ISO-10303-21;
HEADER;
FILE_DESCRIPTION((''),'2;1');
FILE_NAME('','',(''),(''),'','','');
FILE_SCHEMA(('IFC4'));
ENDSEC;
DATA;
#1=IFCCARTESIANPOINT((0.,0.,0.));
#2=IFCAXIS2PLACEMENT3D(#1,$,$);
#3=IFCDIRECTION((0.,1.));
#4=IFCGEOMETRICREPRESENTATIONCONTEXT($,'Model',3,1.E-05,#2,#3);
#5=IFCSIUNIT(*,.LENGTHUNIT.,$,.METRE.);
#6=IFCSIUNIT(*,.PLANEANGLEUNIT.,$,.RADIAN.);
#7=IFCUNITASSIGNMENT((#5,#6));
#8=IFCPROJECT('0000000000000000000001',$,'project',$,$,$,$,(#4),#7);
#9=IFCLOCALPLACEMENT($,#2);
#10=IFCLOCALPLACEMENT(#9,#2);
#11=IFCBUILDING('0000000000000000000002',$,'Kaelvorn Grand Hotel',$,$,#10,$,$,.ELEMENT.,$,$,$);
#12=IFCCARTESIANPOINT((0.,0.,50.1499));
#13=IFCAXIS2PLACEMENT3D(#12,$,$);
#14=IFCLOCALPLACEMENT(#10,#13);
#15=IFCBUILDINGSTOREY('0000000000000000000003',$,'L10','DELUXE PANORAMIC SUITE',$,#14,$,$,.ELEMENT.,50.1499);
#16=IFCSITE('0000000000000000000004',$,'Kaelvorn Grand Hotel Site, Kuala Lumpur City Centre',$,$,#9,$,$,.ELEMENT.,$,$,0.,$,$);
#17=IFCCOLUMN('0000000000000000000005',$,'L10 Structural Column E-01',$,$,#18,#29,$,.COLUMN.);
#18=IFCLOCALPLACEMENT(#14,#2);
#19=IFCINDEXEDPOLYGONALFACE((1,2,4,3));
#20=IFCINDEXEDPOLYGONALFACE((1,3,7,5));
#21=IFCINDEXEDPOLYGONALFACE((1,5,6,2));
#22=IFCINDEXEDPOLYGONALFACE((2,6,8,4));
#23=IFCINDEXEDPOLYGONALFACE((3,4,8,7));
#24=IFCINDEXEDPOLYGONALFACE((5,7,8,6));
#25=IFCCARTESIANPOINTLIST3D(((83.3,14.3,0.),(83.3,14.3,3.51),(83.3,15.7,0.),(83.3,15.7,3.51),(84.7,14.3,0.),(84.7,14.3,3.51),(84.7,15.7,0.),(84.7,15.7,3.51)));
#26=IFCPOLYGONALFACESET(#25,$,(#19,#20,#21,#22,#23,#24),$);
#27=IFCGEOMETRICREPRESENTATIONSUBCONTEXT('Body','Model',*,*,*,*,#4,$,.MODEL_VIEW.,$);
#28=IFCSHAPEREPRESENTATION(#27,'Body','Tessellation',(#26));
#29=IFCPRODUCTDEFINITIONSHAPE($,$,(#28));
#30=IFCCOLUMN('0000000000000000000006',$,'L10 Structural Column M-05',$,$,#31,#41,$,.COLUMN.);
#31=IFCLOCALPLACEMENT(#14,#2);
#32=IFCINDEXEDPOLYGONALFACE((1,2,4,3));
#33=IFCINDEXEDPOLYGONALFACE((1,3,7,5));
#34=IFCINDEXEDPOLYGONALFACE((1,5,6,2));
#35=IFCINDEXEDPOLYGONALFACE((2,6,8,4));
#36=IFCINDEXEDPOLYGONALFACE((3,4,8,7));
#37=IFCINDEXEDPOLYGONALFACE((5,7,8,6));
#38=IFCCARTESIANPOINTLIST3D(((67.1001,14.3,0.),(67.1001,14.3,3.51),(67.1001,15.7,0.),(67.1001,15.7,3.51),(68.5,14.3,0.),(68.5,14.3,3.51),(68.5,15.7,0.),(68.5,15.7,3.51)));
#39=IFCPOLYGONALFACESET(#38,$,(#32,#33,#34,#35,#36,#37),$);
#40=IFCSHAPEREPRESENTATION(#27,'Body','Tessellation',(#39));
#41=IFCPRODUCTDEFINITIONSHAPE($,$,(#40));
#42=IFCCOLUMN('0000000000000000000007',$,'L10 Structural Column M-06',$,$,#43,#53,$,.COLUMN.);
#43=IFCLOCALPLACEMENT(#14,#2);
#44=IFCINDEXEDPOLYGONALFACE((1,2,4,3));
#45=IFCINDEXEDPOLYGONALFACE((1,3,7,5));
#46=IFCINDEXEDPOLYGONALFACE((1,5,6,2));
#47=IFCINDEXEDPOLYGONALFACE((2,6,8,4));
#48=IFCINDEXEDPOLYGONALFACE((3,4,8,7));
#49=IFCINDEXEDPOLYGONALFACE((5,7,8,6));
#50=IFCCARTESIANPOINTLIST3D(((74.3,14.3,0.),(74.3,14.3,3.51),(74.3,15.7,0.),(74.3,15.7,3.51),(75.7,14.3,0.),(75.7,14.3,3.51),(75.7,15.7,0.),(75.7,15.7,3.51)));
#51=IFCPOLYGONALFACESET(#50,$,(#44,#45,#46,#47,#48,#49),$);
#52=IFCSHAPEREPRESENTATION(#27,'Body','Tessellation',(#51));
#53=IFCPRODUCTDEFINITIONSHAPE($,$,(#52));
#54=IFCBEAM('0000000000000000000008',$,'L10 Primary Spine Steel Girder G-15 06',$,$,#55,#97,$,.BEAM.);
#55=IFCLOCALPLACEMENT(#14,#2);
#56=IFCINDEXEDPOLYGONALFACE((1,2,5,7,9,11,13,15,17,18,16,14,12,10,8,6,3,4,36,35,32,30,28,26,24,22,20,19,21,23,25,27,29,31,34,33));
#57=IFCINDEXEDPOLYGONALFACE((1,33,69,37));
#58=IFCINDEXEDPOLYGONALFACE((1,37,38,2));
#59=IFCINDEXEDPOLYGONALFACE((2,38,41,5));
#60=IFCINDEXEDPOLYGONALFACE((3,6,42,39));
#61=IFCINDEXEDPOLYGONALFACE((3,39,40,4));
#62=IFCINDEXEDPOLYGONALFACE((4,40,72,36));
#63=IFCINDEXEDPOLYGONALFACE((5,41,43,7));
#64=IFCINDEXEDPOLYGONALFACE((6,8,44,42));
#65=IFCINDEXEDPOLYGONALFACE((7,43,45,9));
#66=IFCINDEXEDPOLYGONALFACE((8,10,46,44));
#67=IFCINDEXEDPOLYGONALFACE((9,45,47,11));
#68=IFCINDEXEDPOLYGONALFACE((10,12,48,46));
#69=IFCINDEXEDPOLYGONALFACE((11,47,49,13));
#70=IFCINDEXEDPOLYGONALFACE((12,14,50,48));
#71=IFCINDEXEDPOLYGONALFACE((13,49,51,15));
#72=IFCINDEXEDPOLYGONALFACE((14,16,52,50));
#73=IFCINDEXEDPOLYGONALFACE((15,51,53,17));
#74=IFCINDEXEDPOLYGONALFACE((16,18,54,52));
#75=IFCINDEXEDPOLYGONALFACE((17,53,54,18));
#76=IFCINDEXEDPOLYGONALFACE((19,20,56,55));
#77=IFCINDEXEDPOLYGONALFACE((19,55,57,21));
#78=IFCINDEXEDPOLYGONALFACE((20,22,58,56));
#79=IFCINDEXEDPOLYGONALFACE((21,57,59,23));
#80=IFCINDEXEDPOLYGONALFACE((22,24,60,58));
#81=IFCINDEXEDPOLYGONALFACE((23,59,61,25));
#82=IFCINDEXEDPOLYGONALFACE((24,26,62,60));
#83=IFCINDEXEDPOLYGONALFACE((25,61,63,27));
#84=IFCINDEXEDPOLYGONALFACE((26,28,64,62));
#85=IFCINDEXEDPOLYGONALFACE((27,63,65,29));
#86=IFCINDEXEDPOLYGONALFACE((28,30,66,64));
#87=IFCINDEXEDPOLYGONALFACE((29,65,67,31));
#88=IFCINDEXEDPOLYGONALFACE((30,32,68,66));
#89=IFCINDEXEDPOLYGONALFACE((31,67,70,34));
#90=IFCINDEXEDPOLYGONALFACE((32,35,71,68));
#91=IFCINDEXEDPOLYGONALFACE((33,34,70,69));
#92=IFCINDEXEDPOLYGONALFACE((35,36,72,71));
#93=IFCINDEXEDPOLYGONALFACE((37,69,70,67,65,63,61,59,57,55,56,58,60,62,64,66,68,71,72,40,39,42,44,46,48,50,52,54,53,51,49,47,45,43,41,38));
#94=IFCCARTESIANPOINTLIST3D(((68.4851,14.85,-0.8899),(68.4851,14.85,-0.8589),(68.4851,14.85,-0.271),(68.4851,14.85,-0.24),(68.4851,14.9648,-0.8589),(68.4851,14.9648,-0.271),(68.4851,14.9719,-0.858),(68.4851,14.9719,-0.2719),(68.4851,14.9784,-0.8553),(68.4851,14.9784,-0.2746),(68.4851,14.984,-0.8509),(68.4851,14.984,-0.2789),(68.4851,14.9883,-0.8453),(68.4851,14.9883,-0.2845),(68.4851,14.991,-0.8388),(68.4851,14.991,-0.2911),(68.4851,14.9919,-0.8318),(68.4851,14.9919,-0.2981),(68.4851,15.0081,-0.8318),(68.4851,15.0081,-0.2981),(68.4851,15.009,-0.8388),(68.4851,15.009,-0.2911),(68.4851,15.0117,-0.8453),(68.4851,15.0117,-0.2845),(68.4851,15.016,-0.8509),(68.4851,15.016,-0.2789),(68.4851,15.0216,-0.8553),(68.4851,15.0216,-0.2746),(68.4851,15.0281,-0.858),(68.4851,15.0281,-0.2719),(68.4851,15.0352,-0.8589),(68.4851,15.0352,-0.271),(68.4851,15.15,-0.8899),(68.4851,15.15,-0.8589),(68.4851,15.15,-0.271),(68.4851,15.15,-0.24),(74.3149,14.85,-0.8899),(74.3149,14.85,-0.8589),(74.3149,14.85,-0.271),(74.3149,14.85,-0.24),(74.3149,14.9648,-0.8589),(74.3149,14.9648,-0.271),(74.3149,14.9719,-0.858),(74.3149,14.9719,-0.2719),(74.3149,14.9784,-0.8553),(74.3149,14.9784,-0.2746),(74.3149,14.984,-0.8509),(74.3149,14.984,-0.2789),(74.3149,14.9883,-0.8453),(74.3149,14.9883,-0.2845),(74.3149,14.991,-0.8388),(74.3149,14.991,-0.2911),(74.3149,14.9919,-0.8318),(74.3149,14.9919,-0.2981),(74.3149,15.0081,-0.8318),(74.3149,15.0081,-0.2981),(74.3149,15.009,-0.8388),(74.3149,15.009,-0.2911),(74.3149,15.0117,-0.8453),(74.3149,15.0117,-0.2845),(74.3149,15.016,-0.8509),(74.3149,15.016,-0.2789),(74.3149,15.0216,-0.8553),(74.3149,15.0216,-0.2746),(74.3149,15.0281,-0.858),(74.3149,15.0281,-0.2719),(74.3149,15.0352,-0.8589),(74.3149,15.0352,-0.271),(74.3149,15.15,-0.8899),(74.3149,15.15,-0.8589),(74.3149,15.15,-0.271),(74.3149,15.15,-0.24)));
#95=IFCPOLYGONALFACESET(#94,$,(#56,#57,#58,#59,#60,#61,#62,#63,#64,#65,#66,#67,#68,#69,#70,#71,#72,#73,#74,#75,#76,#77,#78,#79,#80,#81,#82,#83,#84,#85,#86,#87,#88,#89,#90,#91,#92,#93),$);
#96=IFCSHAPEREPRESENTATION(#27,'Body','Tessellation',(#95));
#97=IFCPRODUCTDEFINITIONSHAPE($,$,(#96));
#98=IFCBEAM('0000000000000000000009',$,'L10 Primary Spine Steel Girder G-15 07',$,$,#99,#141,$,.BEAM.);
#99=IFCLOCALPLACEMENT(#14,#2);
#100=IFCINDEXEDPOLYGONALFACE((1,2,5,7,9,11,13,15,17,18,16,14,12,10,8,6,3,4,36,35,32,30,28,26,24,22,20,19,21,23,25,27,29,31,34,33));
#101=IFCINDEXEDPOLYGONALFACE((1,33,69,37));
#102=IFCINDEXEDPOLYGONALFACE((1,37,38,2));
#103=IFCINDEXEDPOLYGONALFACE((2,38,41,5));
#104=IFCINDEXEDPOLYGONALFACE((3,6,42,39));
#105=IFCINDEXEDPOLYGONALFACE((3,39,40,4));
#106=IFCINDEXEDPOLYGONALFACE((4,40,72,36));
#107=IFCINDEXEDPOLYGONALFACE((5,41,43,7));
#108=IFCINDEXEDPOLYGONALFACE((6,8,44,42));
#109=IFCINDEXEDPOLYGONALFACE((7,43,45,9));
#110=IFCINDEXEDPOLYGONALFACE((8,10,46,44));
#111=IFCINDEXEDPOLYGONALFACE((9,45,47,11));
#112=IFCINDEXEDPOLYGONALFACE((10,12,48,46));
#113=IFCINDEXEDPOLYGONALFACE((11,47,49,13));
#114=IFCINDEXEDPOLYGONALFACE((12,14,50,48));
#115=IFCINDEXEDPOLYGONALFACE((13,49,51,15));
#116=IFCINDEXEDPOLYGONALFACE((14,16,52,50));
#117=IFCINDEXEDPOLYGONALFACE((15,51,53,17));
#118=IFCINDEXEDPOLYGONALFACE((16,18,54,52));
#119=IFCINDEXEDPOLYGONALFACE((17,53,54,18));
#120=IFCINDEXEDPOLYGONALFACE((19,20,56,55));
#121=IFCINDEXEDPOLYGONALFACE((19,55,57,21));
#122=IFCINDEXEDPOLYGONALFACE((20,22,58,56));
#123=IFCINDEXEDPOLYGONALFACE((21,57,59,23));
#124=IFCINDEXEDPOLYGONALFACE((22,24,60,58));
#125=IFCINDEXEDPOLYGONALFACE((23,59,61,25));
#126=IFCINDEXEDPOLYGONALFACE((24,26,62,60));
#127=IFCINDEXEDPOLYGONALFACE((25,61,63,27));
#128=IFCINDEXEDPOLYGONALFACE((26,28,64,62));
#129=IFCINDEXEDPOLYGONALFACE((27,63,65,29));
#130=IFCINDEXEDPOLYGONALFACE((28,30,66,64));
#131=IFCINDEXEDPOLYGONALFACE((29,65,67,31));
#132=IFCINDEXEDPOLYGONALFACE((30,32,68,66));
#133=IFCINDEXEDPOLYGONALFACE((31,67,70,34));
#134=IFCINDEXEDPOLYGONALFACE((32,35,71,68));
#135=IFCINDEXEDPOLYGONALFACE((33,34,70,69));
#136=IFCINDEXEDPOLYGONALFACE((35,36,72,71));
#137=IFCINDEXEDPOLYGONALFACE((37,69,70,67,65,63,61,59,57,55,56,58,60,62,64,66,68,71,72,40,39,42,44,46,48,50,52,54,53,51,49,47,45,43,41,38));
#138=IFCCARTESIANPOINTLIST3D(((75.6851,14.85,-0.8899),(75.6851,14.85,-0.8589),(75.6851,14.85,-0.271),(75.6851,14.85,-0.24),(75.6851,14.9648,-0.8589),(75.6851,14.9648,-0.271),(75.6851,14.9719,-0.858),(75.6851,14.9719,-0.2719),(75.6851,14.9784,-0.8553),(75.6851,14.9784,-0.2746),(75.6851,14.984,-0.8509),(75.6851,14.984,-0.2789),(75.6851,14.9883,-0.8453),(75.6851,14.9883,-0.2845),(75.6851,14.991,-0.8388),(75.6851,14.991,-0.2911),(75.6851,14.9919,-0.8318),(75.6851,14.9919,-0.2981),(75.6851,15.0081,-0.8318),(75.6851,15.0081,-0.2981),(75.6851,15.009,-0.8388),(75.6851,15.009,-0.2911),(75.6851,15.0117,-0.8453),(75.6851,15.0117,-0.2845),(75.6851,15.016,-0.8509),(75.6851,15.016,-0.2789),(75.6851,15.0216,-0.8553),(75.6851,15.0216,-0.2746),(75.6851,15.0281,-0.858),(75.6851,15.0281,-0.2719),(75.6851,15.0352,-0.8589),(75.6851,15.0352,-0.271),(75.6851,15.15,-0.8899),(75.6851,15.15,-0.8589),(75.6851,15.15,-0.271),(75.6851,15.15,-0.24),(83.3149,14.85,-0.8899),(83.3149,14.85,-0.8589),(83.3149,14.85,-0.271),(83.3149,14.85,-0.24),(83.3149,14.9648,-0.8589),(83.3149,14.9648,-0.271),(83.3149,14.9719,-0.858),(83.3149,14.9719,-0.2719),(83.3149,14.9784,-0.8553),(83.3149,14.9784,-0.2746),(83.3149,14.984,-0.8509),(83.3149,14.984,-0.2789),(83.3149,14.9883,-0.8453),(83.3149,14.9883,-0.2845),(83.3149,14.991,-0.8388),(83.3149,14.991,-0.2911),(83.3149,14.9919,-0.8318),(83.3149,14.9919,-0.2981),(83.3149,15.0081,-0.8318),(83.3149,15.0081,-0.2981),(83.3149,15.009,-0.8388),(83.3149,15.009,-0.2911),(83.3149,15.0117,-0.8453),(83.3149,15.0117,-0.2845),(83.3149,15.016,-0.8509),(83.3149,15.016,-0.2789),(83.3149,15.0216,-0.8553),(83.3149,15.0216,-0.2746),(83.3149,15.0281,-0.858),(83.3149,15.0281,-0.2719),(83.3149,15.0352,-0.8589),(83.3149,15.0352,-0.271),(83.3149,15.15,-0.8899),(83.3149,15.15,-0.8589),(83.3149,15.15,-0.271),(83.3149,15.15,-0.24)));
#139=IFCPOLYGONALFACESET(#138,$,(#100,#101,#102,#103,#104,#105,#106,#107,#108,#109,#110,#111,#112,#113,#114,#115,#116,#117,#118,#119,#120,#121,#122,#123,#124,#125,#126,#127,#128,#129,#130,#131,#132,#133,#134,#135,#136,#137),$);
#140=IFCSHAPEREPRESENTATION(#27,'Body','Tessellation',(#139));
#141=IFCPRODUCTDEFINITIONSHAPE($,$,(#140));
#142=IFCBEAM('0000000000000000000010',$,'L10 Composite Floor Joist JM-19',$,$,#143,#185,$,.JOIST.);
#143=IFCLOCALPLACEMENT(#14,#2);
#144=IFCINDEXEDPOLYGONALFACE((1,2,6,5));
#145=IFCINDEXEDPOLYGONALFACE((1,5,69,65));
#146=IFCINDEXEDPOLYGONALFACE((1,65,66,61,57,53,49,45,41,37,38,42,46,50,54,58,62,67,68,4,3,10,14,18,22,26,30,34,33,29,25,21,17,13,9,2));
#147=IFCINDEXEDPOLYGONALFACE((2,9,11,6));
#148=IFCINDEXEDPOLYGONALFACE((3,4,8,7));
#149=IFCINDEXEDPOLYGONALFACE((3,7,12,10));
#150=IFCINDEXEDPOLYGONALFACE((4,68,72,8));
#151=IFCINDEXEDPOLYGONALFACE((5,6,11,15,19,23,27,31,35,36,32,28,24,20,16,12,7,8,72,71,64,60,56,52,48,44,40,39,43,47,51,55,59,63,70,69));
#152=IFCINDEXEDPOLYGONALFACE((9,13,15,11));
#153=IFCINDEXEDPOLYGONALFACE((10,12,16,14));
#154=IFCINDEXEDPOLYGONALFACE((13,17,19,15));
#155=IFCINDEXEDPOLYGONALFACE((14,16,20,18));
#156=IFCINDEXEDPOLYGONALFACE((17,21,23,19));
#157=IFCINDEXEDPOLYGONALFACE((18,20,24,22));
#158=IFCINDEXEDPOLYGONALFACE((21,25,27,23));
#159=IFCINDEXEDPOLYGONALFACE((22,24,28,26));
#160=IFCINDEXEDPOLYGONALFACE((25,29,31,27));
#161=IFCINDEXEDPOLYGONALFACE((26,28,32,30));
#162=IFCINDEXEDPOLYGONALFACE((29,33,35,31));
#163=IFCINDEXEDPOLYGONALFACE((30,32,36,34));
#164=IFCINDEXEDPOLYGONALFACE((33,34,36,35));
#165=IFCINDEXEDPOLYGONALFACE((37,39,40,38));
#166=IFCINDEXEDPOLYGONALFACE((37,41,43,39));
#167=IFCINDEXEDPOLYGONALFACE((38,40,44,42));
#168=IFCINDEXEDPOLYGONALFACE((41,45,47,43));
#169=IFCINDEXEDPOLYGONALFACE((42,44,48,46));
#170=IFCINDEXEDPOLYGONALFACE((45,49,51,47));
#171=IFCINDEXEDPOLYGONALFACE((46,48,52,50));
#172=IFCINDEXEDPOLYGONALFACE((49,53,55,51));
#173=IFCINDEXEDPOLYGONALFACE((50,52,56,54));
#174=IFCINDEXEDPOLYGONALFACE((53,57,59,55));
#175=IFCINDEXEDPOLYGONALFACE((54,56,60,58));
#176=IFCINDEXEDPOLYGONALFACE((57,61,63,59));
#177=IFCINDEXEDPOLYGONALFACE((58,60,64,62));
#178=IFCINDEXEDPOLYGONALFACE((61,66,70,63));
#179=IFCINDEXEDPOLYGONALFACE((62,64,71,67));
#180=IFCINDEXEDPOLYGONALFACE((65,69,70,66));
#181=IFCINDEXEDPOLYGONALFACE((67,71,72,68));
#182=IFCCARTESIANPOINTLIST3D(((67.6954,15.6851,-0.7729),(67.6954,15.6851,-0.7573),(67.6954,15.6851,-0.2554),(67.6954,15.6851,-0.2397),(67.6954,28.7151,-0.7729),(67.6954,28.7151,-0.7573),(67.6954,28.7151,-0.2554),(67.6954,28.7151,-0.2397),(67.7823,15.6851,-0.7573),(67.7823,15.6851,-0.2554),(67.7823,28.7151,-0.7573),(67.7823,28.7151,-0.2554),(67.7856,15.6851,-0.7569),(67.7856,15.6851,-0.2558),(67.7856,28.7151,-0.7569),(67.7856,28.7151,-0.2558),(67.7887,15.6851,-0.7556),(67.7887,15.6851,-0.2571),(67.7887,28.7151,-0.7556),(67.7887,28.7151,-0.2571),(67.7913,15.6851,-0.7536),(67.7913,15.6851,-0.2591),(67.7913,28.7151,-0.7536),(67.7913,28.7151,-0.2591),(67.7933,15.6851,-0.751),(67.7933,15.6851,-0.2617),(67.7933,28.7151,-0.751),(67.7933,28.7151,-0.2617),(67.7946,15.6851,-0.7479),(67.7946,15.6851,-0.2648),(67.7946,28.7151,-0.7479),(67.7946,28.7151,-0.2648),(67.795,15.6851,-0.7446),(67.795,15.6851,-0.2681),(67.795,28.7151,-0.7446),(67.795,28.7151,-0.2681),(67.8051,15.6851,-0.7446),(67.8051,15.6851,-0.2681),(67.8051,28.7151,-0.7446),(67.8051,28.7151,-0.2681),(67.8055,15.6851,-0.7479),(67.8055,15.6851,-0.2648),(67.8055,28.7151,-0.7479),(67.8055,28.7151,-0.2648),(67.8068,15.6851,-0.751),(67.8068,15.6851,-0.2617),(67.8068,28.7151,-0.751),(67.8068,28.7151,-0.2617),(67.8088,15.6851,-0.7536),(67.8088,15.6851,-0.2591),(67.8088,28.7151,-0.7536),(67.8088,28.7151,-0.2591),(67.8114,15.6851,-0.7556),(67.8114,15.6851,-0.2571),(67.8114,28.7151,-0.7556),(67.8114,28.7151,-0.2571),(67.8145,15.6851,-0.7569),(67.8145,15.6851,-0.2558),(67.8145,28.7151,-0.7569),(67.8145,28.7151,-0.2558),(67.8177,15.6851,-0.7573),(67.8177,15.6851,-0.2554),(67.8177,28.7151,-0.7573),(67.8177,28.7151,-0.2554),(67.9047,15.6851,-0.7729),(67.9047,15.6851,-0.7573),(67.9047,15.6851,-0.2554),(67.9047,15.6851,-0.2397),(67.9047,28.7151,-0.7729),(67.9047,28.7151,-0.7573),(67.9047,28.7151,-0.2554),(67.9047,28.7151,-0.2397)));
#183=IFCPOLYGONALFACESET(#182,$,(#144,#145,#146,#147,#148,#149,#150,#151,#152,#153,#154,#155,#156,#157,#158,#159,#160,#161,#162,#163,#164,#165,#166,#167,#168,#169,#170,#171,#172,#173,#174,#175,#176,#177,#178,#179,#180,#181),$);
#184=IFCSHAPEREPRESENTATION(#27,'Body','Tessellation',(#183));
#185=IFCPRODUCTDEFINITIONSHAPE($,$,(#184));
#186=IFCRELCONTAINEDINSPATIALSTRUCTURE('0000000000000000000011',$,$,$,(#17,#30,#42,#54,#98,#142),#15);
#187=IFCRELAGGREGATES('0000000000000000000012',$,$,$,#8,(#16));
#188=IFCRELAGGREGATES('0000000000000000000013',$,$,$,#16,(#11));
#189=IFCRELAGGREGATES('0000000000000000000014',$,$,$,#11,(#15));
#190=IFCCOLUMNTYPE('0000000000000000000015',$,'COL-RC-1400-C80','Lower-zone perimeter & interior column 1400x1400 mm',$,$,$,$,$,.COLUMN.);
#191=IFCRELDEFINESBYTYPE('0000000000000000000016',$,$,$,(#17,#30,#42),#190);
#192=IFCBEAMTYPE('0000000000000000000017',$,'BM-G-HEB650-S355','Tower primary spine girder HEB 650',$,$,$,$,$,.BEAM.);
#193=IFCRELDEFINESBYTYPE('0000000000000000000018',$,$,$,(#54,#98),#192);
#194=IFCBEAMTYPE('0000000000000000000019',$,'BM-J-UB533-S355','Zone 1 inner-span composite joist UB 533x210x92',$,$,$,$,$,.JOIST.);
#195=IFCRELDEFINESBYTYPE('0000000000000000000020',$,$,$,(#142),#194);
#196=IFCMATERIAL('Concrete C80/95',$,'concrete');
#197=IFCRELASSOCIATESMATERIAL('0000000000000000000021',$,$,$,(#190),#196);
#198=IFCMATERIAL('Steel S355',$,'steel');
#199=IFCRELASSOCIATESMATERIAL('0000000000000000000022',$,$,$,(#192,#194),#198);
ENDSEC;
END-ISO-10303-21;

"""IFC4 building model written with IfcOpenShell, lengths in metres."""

from ifc_helpers import new_model, si_unit, direction, frame, origin, origin_2d, place, context, subcontext, project, spatial, rectangle, i_section, extrude, material, material_profile, profile_set, type_object, element, save


model = new_model("IFC4")

# Units and contexts
model_context = context("Model", 3, precision=1e-05, world=origin(), true_north=direction((0.0, 1.0)))
body_context = subcontext(model_context, "Body", "Model", "MODEL_VIEW")
ifc_project = project(units=[si_unit("LENGTHUNIT", "METRE"), si_unit("PLANEANGLEUNIT", "RADIAN")], contexts=[model_context])

# Site, building, storey
site_placement = place(None, origin())
site = spatial("IfcSite", under=ifc_project, at=site_placement, Name="Kaelvorn Grand Hotel Site, Kuala Lumpur City Centre", CompositionType="ELEMENT", RefElevation=0.0)
building_placement = place(site_placement, origin())
building = spatial("IfcBuilding", under=site, at=building_placement, Name="Kaelvorn Grand Hotel", CompositionType="ELEMENT")
storey_placement = place(building_placement, frame((0.0, 0.0, 50.1499)))
storey = spatial("IfcBuildingStorey", under=building, at=storey_placement, Name="L10", Description="DELUXE PANORAMIC SUITE", CompositionType="ELEMENT", Elevation=50.1499)

# Columns
ifc_material_1 = material(Name="Concrete C80/95", Category="concrete")
ifc_material_profile_1 = material_profile(ifc_material_1, rectangle(XDim=1.3999, YDim=1.3999, at=origin_2d()), Name="RC COL 1400x1400")
ifc_profile_set_1 = profile_set([ifc_material_profile_1], Name="Concrete C80/95")
column_type = type_object("IfcColumnType", Name="COL-RC-1400-C80", Description="Lower-zone perimeter & interior column 1400x1400 mm", PredefinedType="COLUMN", material=ifc_profile_set_1)
for number, where, z_axis, x_axis, name in (
    (1, (84.0, 15.0, 0.0), (0.0, 0.0, 1.0), (1.0, 0.0, 0.0), "L10 Structural Column E-01"),
    (2, (67.8, 15.0, 0.0), (0.0, 0.0, 1.0), (1.0, 0.0, 0.0), "L10 Structural Column M-05"),
    (3, (75.0, 15.0, 0.0), (0.0, 0.0, 1.0), (1.0, 0.0, 0.0), "L10 Structural Column M-06"),
):
    element("IfcColumn", number, at=place(storey_placement, frame(where, z_axis=z_axis, x_axis=x_axis)), inside=storey, type_object=column_type, Name=name, PredefinedType="COLUMN", context=body_context, shape_type="SweptSolid", body=[
        extrude(rectangle(XDim=1.3999, YDim=1.3999, at=origin_2d()), origin(), (0.0, 0.0, 1.0), 3.51),
    ])

# Beams
ifc_material_2 = material(Name="Steel S355", Category="steel")
ifc_material_profile_2 = material_profile(ifc_material_2, i_section(OverallWidth=0.3, OverallDepth=0.6499, WebThickness=0.0161, FlangeThickness=0.031, FilletRadius=0.0271, at=origin_2d()), Name="HEB 650")
ifc_profile_set_2 = profile_set([ifc_material_profile_2], Name="Steel S355")
beam_type_1 = type_object("IfcBeamType", Name="BM-G-HEB650-S355", Description="Tower primary spine girder HEB 650", PredefinedType="BEAM", material=ifc_profile_set_2)
beam_1_placement = place(storey_placement, frame((68.4851, 15.0, -0.5649), z_axis=(1.0, 0.0, 0.0), x_axis=(0.0, 1.0, 0.0)))
element("IfcBeam", 4, at=beam_1_placement, inside=storey, type_object=beam_type_1, Name="L10 Primary Spine Steel Girder G-15 06", PredefinedType="BEAM", context=body_context, shape_type="SweptSolid", body=[
    extrude(i_section(OverallWidth=0.3, OverallDepth=0.6499, WebThickness=0.0161, FlangeThickness=0.031, FilletRadius=0.0271, at=origin_2d()), origin(), (0.0, 0.0, 1.0), 5.8298),
])
beam_2_placement = place(storey_placement, frame((75.6851, 15.0, -0.5649), z_axis=(1.0, 0.0, 0.0), x_axis=(0.0, 1.0, 0.0)))
element("IfcBeam", 5, at=beam_2_placement, inside=storey, type_object=beam_type_1, Name="L10 Primary Spine Steel Girder G-15 07", PredefinedType="BEAM", context=body_context, shape_type="SweptSolid", body=[
    extrude(i_section(OverallWidth=0.3, OverallDepth=0.6499, WebThickness=0.0161, FlangeThickness=0.031, FilletRadius=0.0271, at=origin_2d()), origin(), (0.0, 0.0, 1.0), 7.6299),
])
ifc_material_profile_3 = material_profile(ifc_material_2, i_section(OverallWidth=0.2092, OverallDepth=0.5332, WebThickness=0.01, FlangeThickness=0.0156, FilletRadius=0.0127, at=origin_2d()), Name="UB 533x210x92")
ifc_profile_set_3 = profile_set([ifc_material_profile_3], Name="Steel S355")
beam_type_2 = type_object("IfcBeamType", Name="BM-J-UB533-S355", Description="Zone 1 inner-span composite joist UB 533x210x92", PredefinedType="JOIST", material=ifc_profile_set_3)
beam_3_placement = place(storey_placement, frame((67.8, 15.6851, -0.5063), z_axis=(0.0, 1.0, 0.0), x_axis=(-1.0, 0.0, 0.0)))
element("IfcBeam", 6, at=beam_3_placement, inside=storey, type_object=beam_type_2, Name="L10 Composite Floor Joist JM-19", PredefinedType="JOIST", context=body_context, shape_type="SweptSolid", body=[
    extrude(i_section(OverallWidth=0.2092, OverallDepth=0.5332, WebThickness=0.01, FlangeThickness=0.0156, FilletRadius=0.0127, at=origin_2d()), origin(), (0.0, 0.0, 1.0), 13.03),
])

save(model, "model.ifc")
